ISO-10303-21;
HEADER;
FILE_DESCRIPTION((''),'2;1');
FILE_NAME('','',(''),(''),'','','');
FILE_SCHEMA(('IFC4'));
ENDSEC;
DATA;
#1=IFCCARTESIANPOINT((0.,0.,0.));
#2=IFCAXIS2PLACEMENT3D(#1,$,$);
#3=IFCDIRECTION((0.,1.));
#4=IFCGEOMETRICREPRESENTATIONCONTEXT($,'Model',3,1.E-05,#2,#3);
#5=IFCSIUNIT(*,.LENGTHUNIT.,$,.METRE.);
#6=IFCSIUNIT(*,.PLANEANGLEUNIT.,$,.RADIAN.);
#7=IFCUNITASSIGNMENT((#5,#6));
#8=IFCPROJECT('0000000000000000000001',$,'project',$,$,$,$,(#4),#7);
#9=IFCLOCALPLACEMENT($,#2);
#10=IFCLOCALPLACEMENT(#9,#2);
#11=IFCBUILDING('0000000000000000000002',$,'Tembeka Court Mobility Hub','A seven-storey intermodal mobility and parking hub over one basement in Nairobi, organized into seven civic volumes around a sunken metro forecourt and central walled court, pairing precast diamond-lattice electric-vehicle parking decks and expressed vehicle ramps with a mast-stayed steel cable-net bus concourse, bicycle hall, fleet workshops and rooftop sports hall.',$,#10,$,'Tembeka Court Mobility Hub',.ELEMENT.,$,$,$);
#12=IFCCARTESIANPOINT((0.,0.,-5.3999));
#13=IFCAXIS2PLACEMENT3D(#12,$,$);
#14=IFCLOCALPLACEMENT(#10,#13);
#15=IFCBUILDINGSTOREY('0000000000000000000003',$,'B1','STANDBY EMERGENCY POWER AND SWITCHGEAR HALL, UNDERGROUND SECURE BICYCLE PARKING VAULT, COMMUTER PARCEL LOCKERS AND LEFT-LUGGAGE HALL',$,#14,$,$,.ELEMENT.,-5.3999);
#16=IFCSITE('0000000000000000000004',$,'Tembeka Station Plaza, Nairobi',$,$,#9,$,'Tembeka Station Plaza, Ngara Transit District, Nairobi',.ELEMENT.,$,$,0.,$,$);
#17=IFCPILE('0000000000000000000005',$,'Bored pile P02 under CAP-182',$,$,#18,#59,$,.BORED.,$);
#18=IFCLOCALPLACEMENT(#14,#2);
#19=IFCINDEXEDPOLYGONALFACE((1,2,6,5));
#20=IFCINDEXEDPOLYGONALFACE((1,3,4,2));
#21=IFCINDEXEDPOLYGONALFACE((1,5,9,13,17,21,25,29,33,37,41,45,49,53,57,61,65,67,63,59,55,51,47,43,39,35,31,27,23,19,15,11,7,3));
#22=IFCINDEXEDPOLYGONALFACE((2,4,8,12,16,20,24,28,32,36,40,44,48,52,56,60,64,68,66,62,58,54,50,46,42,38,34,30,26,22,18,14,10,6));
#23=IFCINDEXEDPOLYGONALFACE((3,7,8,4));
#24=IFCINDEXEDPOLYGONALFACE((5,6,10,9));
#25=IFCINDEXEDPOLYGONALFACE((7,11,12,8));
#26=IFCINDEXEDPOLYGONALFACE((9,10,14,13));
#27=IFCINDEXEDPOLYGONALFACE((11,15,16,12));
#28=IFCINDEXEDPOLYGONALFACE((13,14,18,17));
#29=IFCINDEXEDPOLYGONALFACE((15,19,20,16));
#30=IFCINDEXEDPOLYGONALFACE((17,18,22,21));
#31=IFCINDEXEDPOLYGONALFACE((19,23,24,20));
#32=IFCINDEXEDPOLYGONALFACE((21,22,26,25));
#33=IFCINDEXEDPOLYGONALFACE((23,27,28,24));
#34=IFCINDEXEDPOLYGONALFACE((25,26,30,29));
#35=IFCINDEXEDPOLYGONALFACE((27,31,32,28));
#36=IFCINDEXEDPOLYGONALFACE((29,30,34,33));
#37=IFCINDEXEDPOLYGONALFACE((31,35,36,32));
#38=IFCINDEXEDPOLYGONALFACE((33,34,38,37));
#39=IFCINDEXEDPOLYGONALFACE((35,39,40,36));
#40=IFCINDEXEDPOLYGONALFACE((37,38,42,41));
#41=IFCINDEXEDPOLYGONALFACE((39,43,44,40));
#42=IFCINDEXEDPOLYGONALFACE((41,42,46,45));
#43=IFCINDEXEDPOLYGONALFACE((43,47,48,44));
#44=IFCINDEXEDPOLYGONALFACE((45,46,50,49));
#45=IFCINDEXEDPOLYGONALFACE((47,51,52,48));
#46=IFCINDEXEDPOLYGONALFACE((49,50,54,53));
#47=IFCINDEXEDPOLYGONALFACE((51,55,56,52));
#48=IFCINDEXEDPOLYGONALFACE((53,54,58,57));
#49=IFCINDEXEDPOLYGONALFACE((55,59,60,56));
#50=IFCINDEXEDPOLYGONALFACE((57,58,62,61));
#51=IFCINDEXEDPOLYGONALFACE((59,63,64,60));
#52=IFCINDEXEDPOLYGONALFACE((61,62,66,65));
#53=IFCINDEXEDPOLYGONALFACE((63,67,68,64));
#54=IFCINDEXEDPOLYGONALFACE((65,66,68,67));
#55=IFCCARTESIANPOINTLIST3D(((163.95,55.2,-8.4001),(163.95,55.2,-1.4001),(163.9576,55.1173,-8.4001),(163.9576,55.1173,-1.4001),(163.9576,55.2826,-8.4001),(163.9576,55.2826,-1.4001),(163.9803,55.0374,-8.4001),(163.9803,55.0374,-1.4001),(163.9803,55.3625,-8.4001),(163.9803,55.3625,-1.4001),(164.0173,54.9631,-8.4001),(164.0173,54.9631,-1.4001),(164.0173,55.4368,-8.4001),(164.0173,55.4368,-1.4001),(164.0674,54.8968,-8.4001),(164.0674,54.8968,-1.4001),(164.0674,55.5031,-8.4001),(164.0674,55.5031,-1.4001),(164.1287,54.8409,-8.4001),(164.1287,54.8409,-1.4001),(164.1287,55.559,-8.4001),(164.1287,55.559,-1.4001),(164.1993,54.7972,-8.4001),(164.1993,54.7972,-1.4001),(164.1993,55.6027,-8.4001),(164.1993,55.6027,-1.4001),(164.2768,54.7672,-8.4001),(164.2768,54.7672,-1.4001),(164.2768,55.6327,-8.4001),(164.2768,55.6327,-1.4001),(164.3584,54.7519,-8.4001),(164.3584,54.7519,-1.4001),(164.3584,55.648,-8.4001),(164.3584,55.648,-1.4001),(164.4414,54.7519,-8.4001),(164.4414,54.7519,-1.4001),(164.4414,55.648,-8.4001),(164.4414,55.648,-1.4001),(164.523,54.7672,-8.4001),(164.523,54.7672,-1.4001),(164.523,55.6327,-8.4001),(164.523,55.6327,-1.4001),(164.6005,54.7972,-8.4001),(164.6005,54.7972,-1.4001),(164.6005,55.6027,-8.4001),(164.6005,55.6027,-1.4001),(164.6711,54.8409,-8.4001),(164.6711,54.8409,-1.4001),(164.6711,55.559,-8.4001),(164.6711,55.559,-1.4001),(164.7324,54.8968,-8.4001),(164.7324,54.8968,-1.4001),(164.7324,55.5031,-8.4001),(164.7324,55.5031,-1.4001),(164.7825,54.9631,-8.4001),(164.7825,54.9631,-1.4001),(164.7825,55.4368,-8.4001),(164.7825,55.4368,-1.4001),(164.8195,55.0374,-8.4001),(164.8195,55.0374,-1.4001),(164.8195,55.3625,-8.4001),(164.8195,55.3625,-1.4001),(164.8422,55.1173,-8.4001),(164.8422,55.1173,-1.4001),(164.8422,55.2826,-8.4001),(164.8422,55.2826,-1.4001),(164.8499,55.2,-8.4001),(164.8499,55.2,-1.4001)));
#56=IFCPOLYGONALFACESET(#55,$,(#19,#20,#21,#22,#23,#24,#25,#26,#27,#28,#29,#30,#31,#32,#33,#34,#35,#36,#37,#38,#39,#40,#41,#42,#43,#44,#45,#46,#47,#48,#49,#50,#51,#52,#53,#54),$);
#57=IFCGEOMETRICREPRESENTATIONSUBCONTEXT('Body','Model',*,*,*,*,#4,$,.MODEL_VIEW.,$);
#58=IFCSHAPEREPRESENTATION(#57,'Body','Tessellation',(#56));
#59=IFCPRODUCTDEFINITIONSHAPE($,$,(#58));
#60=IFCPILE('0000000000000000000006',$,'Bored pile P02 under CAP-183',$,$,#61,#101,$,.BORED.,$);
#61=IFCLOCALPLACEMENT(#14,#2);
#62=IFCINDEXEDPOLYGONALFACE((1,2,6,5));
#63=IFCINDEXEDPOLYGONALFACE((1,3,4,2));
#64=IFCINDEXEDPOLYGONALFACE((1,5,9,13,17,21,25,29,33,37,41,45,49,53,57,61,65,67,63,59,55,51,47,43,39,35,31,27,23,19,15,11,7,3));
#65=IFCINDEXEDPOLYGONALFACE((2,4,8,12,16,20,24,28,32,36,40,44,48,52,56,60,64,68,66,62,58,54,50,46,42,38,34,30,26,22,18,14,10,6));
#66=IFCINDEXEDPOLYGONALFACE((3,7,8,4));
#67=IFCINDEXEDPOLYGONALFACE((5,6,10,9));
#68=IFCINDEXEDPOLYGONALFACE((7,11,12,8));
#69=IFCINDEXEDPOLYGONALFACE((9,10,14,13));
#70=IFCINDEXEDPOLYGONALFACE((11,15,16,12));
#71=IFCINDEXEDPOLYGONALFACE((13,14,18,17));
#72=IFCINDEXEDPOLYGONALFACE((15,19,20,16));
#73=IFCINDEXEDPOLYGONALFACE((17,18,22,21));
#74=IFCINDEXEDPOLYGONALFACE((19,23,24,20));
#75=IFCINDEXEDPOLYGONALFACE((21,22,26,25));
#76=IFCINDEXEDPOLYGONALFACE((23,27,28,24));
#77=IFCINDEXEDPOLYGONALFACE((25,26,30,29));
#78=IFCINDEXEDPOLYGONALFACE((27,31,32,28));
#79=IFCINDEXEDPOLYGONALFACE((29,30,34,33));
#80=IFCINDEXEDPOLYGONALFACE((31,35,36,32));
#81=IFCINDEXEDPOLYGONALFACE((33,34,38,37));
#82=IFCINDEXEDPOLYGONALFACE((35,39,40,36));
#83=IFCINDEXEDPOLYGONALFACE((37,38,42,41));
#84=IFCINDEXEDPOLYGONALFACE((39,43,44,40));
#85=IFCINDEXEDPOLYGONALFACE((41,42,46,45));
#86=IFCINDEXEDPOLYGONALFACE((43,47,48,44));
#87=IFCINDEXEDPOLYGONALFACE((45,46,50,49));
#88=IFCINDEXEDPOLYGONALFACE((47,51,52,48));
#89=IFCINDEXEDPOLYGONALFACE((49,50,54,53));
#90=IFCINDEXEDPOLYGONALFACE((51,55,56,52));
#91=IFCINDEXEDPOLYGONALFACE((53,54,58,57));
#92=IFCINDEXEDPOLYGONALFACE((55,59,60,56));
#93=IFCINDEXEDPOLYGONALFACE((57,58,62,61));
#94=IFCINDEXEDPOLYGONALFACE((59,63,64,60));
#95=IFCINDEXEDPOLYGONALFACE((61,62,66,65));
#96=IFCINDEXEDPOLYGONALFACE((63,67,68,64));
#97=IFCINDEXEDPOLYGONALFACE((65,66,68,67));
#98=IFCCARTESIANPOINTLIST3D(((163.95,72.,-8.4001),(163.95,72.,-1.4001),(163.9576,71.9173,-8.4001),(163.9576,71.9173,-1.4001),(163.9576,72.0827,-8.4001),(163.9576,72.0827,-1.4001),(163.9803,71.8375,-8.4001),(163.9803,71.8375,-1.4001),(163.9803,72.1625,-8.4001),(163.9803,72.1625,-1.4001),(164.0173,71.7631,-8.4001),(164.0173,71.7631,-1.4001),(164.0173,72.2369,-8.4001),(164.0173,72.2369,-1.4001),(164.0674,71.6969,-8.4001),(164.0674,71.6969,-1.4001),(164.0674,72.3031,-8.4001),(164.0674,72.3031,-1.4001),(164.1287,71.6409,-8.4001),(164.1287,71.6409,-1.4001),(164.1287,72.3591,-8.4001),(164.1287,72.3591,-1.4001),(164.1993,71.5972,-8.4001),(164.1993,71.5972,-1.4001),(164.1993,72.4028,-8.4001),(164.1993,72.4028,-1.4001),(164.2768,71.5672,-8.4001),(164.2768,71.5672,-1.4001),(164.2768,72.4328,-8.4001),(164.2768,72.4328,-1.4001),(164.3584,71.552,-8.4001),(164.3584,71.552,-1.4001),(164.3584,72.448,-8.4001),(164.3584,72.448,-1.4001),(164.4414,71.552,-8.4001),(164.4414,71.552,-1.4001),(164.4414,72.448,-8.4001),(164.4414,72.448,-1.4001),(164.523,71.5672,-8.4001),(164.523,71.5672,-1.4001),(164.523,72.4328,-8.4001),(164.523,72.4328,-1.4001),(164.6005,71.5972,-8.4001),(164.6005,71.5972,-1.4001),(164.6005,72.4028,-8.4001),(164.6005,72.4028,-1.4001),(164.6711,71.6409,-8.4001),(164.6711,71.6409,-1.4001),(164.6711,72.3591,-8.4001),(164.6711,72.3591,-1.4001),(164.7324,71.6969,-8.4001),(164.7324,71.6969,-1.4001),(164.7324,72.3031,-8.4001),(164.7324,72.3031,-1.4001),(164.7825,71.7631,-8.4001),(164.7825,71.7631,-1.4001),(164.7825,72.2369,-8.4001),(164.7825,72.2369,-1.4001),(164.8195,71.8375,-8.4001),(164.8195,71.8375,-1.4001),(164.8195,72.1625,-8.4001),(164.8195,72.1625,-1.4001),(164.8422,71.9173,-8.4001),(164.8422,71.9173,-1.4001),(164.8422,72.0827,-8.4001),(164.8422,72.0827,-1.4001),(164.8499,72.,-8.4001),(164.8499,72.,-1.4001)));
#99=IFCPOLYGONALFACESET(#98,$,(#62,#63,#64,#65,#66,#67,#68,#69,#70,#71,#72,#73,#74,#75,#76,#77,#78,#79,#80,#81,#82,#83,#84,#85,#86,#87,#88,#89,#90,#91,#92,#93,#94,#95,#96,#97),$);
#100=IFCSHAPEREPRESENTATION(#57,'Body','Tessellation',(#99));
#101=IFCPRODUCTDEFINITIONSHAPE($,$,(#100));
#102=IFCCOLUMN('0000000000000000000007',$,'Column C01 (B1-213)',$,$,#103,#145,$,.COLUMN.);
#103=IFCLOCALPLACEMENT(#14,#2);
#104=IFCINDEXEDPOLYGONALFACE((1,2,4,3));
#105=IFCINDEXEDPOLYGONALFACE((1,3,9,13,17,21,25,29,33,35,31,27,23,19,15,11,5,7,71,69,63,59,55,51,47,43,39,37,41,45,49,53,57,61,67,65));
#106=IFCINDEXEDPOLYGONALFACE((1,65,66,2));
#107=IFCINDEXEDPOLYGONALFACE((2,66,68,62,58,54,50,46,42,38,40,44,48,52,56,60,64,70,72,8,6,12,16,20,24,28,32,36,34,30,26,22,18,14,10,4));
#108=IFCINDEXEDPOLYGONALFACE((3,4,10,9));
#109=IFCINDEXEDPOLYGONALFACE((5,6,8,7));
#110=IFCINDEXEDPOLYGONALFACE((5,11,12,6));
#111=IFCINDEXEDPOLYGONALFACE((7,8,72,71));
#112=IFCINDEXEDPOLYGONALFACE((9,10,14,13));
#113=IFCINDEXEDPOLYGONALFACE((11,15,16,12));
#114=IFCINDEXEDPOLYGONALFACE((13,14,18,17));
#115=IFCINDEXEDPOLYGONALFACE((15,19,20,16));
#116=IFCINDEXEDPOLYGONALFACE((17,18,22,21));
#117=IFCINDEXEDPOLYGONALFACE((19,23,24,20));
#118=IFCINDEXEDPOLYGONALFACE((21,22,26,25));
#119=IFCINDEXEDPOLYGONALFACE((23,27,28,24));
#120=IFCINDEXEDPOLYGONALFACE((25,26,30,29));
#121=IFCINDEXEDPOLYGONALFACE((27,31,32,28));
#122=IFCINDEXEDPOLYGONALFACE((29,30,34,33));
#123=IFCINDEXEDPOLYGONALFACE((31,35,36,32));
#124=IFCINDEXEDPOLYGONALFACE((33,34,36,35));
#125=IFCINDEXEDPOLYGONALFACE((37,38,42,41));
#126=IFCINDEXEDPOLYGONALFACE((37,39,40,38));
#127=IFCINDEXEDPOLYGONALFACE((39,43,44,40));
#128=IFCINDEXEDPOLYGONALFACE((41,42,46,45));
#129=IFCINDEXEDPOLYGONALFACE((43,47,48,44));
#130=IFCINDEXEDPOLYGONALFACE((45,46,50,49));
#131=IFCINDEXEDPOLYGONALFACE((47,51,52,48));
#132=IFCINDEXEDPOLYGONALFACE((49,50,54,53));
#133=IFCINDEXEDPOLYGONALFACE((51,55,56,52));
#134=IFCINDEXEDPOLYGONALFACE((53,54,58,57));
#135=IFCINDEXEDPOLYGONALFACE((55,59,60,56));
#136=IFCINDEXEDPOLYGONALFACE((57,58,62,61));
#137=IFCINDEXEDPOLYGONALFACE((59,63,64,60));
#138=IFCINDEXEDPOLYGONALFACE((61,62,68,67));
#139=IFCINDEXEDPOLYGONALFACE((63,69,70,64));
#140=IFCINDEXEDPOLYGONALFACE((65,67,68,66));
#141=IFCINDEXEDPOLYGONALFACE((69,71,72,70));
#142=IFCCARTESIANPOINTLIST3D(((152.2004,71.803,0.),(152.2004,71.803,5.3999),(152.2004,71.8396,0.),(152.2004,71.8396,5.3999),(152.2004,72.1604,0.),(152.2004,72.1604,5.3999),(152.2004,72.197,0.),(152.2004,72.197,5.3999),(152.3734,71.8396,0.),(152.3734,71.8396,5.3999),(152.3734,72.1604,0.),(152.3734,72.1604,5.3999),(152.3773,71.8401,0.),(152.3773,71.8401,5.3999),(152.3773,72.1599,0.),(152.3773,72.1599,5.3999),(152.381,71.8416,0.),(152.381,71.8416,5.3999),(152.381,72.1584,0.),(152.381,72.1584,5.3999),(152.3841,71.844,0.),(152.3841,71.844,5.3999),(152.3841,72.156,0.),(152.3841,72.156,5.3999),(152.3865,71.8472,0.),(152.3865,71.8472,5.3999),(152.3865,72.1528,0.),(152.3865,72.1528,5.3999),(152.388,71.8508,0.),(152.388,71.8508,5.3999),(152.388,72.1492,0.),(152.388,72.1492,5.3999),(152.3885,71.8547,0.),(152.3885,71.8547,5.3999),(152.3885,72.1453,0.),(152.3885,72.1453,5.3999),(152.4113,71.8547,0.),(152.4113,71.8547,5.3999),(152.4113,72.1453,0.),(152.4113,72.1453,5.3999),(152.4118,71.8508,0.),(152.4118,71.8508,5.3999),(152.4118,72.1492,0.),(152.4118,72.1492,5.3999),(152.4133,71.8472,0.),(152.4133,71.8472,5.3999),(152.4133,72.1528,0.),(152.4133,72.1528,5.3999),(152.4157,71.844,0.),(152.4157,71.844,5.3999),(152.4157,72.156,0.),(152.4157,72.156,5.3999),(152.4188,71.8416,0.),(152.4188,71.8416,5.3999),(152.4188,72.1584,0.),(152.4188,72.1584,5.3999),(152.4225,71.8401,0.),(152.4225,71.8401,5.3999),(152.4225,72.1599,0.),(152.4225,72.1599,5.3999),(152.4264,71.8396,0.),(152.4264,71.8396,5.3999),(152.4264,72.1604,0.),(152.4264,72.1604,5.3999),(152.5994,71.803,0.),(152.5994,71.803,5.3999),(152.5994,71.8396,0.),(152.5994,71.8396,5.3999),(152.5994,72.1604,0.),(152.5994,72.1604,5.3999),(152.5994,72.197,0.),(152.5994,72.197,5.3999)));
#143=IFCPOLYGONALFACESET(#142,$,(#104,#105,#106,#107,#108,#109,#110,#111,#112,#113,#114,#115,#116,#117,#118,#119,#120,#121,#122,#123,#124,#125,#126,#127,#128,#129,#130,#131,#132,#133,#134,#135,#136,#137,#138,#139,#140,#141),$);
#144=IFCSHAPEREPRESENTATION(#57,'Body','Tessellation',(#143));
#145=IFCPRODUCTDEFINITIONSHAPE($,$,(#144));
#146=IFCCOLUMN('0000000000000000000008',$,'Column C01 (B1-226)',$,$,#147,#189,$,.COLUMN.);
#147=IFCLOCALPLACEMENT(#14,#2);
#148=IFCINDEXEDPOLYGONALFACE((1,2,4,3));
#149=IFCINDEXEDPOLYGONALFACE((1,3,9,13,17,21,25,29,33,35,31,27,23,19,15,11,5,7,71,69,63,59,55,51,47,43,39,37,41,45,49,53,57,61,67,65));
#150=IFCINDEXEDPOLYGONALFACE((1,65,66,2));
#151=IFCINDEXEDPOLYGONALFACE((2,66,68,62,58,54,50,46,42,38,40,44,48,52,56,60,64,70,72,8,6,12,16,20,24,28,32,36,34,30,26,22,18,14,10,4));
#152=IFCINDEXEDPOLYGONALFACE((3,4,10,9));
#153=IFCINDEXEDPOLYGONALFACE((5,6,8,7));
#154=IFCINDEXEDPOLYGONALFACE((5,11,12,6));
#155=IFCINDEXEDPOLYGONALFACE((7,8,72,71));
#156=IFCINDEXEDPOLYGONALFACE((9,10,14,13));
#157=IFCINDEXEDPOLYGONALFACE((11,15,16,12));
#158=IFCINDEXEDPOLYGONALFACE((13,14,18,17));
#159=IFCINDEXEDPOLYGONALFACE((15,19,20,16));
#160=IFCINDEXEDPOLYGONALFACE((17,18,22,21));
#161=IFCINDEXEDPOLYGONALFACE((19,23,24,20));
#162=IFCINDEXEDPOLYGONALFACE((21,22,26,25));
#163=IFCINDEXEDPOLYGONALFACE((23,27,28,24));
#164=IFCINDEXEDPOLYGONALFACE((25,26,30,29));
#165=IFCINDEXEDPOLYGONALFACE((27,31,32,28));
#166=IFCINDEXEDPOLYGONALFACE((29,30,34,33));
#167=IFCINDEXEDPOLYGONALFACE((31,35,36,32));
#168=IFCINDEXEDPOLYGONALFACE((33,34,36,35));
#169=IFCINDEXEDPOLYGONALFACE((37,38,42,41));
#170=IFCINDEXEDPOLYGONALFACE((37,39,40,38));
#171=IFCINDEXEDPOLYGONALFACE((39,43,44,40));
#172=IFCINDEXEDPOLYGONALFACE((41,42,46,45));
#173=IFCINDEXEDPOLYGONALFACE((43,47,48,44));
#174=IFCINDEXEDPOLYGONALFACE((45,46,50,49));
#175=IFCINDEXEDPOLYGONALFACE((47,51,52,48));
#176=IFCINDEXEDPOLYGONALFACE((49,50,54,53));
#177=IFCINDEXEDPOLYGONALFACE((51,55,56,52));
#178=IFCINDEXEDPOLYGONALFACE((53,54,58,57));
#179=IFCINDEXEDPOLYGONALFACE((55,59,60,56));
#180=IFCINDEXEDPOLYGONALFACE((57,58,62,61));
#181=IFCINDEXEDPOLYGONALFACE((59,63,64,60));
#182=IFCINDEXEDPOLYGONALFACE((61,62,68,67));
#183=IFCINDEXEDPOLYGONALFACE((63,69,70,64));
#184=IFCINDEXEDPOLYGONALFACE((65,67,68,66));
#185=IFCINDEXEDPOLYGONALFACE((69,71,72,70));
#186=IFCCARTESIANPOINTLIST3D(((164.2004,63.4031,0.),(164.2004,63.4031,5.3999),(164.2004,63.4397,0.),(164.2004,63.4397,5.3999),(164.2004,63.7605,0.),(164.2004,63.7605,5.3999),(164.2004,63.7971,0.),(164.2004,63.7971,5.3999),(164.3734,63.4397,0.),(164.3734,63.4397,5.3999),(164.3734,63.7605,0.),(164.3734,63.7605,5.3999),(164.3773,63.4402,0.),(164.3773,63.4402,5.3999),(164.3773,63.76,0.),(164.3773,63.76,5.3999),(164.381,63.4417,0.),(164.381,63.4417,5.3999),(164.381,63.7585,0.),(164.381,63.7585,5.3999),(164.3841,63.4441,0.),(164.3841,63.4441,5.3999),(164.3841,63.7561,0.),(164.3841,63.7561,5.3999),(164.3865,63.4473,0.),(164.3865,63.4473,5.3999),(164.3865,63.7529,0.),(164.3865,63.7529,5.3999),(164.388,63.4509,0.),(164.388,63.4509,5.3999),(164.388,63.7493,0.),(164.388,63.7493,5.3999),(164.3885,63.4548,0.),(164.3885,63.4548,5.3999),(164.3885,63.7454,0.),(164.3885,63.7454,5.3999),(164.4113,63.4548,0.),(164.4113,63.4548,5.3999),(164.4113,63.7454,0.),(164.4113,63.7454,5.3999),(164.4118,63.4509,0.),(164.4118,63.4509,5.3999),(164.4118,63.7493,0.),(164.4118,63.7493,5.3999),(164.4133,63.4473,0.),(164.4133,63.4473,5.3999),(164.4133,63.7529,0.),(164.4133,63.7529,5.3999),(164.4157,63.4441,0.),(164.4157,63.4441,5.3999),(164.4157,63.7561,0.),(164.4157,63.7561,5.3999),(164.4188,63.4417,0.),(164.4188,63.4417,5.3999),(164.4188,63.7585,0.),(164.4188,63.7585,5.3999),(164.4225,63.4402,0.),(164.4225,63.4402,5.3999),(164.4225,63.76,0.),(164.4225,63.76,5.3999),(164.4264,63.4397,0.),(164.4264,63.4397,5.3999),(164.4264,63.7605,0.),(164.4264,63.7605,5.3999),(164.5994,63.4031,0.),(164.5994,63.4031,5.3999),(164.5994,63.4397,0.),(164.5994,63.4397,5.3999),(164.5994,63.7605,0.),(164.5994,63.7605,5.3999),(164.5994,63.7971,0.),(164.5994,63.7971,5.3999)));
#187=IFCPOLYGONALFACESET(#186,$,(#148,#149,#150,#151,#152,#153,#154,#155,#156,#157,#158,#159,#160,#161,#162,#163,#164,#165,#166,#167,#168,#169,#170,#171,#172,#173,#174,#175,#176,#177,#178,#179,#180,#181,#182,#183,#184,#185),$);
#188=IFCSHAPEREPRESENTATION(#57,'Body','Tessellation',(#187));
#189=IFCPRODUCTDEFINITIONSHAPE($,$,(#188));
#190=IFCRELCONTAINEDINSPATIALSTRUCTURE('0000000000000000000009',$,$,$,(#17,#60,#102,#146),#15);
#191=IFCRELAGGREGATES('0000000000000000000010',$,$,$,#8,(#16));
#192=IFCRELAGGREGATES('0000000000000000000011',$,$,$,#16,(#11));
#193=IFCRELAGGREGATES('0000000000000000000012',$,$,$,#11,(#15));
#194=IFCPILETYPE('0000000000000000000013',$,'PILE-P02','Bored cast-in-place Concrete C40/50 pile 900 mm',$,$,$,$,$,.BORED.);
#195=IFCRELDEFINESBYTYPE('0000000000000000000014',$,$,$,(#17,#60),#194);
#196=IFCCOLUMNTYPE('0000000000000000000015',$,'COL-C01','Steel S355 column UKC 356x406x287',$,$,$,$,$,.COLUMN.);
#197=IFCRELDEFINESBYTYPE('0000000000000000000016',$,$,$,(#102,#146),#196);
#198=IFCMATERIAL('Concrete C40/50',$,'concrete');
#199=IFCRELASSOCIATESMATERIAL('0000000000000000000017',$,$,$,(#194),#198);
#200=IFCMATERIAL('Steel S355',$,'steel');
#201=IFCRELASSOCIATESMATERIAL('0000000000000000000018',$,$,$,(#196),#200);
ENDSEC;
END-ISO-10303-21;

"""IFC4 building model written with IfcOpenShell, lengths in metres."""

from ifc_helpers import new_model, si_unit, direction, frame, origin, origin_2d, place, context, subcontext, project, spatial, circle, i_section, extrude, material, material_profile, profile_set, type_object, element, save


model = new_model("IFC4")

# Units and contexts
model_context = context("Model", 3, precision=1e-05, world=origin(), true_north=direction((0.0, 1.0)))
body_context = subcontext(model_context, "Body", "Model", "MODEL_VIEW")
ifc_project = project(units=[si_unit("LENGTHUNIT", "METRE"), si_unit("PLANEANGLEUNIT", "RADIAN")], contexts=[model_context])

# Site, building, storey
site_placement = place(None, origin())
site = spatial("IfcSite", under=ifc_project, at=site_placement, Name="Tembeka Station Plaza, Nairobi", LongName="Tembeka Station Plaza, Ngara Transit District, Nairobi", CompositionType="ELEMENT", RefElevation=0.0)
building_placement = place(site_placement, origin())
building = spatial("IfcBuilding", under=site, at=building_placement, Name="Tembeka Court Mobility Hub", Description="A seven-storey intermodal mobility and parking hub over one basement in Nairobi, organized into seven civic volumes around a sunken metro forecourt and central walled court, pairing precast diamond-lattice electric-vehicle parking decks and expressed vehicle ramps with a mast-stayed steel cable-net bus concourse, bicycle hall, fleet workshops and rooftop sports hall.", LongName="Tembeka Court Mobility Hub", CompositionType="ELEMENT")
storey_placement = place(building_placement, frame((0.0, 0.0, -5.3999)))
storey = spatial("IfcBuildingStorey", under=building, at=storey_placement, Name="B1", Description="STANDBY EMERGENCY POWER AND SWITCHGEAR HALL, UNDERGROUND SECURE BICYCLE PARKING VAULT, COMMUTER PARCEL LOCKERS AND LEFT-LUGGAGE HALL", CompositionType="ELEMENT", Elevation=-5.3999)

# Shared definitions
ifc_material_1 = material(Name="Concrete C40/50", Category="concrete")

# Piles
ifc_material_profile_1 = material_profile(ifc_material_1, circle(Radius=0.45, at=origin_2d()), Name="PILE D900")
ifc_profile_set_1 = profile_set([ifc_material_profile_1], Name="Concrete C40/50")
pile_type = type_object("IfcPileType", Name="PILE-P02", Description="Bored cast-in-place Concrete C40/50 pile 900 mm", PredefinedType="BORED", material=ifc_profile_set_1)
for number, where, z_axis, x_axis, name in (
    (1, (164.3999, 55.2, -1.4001), (0.0, 0.0, -1.0), (1.0, 0.0, 0.0), "Bored pile P02 under CAP-182"),
    (2, (164.3999, 72.0, -1.4001), (0.0, 0.0, -1.0), (1.0, 0.0, 0.0), "Bored pile P02 under CAP-183"),
):
    element("IfcPile", number, at=place(storey_placement, frame(where, z_axis=z_axis, x_axis=x_axis)), inside=storey, type_object=pile_type, Name=name, PredefinedType="BORED", context=body_context, shape_type="SweptSolid", body=[
        extrude(circle(Radius=0.45, at=origin_2d()), origin(), (0.0, 0.0, 1.0), 7.0),
    ])

# Columns
ifc_material_2 = material(Name="Steel S355", Category="steel")
ifc_material_profile_2 = material_profile(ifc_material_2, i_section(OverallWidth=0.3989, OverallDepth=0.394, WebThickness=0.0227, FlangeThickness=0.0366, FilletRadius=0.0151, at=origin_2d()), Name="UKC 356x406x287")
ifc_profile_set_2 = profile_set([ifc_material_profile_2], Name="Steel S355")
column_type_1 = type_object("IfcColumnType", Name="COL-C01", Description="Steel S355 column UKC 356x406x287", PredefinedType="COLUMN", material=ifc_profile_set_2)
for number, where, z_axis, x_axis, name in (
    (3, (152.3999, 72.0, 0.0), (0.0, 0.0, 1.0), (1.0, 0.0, 0.0), "Column C01 (B1-213)"),
    (4, (164.3999, 63.6001, 0.0), (0.0, 0.0, 1.0), (1.0, 0.0, 0.0), "Column C01 (B1-226)"),
):
    element("IfcColumn", number, at=place(storey_placement, frame(where, z_axis=z_axis, x_axis=x_axis)), inside=storey, type_object=column_type_1, Name=name, PredefinedType="COLUMN", context=body_context, shape_type="SweptSolid", body=[
        extrude(i_section(OverallWidth=0.3989, OverallDepth=0.394, WebThickness=0.0227, FlangeThickness=0.0366, FilletRadius=0.0151, at=origin_2d()), origin(), (0.0, 0.0, 1.0), 5.3999),
    ])

save(model, "model.ifc")
